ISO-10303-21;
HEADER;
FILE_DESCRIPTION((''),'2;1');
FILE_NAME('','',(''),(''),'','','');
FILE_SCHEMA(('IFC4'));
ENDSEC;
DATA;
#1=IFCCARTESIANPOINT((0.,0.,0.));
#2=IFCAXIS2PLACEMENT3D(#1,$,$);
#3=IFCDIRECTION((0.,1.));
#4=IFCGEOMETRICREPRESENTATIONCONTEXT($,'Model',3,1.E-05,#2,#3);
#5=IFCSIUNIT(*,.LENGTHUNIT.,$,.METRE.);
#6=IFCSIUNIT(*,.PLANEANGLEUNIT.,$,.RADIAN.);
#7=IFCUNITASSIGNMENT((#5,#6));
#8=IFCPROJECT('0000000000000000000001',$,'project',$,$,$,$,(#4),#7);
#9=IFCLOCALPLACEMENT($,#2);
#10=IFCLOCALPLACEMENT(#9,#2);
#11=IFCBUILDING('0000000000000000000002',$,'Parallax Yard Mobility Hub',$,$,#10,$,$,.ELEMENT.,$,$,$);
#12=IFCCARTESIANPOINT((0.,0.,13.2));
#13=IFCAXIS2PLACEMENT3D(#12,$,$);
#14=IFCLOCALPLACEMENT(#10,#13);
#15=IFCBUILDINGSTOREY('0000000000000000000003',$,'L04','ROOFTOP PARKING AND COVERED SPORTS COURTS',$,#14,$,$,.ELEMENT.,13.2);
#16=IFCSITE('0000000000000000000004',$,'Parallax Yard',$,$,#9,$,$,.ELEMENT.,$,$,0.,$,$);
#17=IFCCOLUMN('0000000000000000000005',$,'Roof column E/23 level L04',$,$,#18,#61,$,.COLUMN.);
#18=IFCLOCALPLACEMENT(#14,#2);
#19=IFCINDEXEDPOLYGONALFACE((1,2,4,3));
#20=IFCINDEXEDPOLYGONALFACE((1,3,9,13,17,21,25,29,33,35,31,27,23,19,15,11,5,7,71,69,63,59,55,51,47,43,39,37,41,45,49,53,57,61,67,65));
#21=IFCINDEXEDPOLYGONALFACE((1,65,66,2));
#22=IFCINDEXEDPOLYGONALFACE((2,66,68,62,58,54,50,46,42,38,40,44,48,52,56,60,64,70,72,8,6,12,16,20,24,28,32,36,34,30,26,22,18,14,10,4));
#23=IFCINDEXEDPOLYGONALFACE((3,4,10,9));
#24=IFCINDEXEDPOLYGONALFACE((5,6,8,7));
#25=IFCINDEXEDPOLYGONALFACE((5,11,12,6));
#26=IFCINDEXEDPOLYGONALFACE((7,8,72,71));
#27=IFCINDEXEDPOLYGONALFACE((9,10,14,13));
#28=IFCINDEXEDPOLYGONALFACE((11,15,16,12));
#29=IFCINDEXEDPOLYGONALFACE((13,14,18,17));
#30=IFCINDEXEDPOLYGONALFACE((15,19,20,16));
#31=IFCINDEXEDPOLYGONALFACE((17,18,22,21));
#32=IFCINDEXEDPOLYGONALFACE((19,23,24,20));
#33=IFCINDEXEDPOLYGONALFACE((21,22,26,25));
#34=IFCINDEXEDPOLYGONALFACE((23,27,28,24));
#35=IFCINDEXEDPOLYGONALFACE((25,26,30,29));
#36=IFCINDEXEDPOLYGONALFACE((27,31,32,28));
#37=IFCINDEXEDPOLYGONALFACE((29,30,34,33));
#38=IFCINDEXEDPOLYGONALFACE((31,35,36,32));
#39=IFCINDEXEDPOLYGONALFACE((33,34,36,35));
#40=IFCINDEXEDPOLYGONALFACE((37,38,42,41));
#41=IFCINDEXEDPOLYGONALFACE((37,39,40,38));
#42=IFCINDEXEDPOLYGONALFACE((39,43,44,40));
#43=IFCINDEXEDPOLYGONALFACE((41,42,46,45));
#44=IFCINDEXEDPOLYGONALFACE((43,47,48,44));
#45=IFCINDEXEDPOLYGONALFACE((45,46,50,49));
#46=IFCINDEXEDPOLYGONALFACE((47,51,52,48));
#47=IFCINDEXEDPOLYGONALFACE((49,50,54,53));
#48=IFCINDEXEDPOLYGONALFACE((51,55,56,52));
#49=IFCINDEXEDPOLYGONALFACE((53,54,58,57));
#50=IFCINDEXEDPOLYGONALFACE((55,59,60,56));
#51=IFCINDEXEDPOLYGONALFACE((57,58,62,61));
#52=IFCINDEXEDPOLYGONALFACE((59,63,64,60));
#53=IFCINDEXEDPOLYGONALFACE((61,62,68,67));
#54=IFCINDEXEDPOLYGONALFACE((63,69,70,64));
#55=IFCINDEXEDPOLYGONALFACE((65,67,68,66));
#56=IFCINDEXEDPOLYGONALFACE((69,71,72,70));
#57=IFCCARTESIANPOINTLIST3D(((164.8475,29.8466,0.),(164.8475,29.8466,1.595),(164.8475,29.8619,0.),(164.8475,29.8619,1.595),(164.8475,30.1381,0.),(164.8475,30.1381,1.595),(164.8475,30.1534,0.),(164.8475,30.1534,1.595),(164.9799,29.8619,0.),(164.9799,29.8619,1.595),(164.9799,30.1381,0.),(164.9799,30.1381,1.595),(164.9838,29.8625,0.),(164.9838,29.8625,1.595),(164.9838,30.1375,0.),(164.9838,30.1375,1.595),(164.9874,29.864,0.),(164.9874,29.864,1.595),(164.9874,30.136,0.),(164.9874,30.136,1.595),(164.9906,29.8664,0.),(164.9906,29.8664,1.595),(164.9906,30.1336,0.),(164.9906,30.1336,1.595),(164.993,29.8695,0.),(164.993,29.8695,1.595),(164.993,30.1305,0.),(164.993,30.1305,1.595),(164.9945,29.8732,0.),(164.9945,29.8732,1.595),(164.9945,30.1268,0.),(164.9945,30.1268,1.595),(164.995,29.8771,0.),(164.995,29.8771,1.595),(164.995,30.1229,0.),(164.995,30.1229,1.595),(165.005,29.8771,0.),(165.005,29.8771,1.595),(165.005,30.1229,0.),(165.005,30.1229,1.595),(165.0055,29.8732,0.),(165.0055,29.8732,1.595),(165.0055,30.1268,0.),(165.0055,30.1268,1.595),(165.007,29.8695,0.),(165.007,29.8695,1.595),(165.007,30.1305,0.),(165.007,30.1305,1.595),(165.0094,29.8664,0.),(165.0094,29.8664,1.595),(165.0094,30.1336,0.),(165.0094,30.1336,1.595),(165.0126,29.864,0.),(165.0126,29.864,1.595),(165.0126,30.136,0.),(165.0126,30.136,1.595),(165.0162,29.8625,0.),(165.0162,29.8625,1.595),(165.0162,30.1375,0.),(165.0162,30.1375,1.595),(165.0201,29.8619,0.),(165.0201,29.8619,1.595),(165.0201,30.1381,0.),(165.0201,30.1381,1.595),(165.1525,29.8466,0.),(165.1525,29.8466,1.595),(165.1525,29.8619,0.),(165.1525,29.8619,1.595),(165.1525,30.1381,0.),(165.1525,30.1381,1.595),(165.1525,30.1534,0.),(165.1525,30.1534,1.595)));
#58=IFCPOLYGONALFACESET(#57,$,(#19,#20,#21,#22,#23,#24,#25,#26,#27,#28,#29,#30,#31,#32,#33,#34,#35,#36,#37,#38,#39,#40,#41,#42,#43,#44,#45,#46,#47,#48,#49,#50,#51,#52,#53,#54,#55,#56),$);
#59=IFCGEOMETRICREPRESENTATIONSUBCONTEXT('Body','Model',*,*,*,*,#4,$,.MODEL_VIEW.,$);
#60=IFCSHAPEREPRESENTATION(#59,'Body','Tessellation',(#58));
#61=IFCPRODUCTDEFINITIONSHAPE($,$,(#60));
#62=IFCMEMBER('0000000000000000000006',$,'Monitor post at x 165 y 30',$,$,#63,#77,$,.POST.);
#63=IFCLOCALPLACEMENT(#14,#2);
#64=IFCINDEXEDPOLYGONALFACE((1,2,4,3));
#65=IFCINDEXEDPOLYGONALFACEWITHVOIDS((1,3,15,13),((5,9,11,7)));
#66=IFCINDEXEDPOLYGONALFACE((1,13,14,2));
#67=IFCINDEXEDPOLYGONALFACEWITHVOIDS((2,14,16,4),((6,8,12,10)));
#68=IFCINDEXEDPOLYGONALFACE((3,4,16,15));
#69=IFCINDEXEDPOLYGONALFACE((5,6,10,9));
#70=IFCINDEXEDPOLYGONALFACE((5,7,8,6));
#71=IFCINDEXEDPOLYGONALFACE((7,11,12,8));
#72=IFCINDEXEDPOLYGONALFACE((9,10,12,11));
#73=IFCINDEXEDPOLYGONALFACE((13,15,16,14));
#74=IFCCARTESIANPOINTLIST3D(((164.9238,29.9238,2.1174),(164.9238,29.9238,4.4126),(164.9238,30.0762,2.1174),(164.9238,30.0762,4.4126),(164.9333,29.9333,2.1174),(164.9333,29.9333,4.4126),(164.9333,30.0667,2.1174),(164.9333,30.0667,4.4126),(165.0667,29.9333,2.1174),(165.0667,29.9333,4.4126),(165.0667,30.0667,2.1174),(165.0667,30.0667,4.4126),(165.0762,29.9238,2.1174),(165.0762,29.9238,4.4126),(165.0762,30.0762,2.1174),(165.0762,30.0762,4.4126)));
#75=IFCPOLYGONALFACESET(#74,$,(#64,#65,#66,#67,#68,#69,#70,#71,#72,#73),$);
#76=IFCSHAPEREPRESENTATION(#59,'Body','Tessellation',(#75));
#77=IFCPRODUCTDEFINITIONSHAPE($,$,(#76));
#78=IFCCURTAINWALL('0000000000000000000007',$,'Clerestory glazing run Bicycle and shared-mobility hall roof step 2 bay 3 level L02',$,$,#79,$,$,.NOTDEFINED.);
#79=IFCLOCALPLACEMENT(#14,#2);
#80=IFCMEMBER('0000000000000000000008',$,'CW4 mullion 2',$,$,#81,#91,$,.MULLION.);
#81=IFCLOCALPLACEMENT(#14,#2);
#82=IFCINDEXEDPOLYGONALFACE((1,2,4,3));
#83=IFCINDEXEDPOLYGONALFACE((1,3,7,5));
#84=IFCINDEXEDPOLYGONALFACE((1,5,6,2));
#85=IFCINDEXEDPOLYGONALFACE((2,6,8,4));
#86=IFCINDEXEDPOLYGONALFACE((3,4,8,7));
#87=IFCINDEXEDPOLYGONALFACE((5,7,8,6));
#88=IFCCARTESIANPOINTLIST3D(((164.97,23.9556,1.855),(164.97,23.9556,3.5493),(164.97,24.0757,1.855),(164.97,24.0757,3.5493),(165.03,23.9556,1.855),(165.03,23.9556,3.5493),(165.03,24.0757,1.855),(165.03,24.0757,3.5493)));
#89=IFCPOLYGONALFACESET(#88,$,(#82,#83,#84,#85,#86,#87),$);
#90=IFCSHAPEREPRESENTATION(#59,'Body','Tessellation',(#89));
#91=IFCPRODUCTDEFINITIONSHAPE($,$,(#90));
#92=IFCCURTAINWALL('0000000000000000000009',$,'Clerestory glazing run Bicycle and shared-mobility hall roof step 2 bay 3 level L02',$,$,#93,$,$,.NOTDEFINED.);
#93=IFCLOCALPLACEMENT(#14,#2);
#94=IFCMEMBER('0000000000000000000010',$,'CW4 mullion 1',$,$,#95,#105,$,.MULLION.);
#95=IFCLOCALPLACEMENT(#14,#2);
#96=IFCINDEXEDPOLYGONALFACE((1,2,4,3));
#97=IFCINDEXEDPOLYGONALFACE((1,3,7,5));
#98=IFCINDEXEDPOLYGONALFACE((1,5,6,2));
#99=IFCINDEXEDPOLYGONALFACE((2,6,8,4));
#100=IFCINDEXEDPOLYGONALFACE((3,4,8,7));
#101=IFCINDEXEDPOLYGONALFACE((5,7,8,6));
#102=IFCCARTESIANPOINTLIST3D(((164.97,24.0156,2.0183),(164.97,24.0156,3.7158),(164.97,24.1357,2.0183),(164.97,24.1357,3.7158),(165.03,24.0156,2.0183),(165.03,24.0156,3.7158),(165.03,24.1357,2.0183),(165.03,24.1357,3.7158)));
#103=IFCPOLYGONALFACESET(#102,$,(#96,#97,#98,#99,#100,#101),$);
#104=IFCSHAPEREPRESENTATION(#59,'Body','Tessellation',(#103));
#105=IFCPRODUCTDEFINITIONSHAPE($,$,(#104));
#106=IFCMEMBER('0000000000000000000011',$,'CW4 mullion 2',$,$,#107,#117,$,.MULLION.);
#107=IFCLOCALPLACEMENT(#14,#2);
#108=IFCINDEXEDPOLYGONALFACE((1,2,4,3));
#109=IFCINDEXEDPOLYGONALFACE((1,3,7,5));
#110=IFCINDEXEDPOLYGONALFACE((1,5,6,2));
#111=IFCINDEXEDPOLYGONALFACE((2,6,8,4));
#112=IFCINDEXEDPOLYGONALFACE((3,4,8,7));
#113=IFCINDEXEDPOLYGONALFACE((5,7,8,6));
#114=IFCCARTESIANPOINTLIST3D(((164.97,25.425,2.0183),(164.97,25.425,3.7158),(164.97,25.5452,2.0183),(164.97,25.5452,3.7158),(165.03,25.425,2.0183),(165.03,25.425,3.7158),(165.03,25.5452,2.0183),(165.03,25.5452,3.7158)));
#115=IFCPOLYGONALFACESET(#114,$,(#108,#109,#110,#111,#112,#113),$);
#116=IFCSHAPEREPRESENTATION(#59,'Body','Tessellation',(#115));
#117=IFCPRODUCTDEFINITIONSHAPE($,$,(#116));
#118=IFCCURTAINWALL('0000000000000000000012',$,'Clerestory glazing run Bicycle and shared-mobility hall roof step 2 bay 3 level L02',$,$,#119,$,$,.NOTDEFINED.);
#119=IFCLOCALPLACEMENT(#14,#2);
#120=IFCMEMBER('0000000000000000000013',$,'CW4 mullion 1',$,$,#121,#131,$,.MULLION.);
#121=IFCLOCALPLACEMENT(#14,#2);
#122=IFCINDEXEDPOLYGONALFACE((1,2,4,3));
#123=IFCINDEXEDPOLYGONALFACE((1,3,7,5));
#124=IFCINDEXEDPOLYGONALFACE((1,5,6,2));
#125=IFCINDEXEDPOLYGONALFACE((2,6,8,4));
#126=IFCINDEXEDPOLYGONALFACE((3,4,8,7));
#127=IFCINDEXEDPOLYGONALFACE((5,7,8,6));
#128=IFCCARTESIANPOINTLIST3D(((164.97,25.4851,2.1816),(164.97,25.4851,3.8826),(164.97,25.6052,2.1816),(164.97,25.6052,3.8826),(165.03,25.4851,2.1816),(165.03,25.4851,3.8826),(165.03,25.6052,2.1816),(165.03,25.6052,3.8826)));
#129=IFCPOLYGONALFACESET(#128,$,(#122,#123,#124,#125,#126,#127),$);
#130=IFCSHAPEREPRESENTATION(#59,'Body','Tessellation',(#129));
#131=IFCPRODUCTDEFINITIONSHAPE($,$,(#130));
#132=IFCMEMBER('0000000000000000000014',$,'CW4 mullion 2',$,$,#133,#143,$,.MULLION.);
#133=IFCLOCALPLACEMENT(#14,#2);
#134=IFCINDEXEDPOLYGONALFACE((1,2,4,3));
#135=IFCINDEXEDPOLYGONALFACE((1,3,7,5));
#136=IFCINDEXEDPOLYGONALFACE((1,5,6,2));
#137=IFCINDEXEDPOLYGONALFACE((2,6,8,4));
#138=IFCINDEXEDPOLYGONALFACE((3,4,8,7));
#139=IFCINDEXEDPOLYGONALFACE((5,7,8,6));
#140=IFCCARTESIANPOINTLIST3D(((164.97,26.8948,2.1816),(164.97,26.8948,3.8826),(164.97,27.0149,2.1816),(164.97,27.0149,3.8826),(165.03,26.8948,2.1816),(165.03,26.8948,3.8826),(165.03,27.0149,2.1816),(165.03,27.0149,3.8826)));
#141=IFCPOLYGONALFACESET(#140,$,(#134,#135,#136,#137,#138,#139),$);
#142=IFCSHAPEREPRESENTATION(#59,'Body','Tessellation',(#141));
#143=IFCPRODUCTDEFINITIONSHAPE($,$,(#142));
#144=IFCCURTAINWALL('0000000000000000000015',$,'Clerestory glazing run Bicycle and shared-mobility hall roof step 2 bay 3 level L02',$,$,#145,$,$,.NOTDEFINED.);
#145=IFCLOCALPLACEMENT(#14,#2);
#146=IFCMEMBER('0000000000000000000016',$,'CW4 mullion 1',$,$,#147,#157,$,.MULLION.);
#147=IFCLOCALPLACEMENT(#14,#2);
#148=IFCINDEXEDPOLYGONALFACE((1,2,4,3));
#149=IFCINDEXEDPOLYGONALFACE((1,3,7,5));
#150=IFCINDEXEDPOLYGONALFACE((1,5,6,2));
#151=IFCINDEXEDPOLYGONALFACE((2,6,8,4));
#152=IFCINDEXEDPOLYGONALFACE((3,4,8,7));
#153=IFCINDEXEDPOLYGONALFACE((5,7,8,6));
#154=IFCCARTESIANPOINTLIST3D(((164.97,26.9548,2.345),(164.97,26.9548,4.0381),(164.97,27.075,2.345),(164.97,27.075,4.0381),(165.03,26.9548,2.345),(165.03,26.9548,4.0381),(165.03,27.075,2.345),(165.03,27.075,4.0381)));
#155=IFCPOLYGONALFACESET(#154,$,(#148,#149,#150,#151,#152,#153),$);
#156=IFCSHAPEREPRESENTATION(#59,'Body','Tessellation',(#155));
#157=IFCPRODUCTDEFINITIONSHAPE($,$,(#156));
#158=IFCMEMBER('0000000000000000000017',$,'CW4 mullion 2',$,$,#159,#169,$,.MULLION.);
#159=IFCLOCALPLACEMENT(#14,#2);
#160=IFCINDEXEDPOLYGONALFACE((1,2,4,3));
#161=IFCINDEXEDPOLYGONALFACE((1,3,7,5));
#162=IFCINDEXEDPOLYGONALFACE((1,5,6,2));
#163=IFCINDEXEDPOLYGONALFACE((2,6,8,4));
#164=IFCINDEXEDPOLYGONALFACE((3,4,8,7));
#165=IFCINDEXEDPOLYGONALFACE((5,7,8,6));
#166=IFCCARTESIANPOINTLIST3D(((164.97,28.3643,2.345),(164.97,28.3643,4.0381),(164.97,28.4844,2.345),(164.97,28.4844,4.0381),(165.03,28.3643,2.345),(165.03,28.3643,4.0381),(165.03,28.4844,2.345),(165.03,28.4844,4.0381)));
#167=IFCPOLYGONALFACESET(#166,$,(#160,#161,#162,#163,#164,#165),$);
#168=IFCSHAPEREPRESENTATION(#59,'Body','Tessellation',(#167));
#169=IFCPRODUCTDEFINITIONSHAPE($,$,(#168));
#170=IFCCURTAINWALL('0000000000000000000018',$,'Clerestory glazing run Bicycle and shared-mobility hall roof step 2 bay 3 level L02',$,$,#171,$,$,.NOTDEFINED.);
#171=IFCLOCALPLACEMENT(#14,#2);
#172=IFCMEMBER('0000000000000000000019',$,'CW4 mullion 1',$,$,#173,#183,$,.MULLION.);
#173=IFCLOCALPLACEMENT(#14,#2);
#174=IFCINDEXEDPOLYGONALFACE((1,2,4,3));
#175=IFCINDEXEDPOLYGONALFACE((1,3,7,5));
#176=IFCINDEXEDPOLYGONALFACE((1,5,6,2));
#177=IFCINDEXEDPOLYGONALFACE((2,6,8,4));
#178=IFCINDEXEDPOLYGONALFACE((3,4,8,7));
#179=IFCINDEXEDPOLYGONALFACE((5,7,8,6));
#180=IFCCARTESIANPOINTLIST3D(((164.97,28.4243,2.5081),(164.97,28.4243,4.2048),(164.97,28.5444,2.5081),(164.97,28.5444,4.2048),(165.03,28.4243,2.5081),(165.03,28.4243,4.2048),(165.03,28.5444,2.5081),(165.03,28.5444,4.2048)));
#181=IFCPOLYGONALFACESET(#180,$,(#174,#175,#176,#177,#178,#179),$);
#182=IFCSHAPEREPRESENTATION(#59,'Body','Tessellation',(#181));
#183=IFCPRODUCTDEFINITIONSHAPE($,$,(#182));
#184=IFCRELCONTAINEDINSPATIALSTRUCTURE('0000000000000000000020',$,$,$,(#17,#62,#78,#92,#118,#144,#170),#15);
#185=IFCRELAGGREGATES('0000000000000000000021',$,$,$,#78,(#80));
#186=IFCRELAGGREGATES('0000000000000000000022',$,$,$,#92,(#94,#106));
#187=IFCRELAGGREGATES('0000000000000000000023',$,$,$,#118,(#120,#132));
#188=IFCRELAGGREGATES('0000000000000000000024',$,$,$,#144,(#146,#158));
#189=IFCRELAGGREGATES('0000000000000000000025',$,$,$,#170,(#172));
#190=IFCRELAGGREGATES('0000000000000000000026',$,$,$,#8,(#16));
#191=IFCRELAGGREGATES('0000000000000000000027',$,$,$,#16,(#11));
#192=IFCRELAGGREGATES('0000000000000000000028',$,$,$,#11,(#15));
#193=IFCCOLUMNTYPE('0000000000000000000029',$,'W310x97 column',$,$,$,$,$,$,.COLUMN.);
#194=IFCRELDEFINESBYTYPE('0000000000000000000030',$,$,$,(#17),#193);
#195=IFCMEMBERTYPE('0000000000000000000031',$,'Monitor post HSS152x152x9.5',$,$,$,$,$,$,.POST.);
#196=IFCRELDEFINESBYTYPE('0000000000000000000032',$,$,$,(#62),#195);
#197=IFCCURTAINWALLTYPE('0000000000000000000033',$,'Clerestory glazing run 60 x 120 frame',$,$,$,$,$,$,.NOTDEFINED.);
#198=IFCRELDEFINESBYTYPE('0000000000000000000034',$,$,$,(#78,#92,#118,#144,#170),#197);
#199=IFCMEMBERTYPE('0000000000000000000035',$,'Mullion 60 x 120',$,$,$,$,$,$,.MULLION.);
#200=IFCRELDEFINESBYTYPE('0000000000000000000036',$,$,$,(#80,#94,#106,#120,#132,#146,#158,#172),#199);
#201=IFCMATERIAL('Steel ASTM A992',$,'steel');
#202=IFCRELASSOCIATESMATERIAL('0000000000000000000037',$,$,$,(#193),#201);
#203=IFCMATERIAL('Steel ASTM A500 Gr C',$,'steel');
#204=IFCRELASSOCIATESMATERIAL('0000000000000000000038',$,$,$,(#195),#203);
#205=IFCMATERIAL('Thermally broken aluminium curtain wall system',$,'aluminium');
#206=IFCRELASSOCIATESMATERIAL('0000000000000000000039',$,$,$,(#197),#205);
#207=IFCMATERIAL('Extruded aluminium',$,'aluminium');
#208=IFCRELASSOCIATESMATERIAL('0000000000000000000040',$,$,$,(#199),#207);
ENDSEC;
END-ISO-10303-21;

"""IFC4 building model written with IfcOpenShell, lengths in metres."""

from ifc_helpers import new_model, si_unit, direction, frame, origin, origin_2d, place, context, subcontext, project, spatial, rectangle, hollow_rectangle, i_section, extrude, material, material_profile, profile_set, type_object, element, aggregate, save


model = new_model("IFC4")

# Units and contexts
model_context = context("Model", 3, precision=1e-05, world=origin(), true_north=direction((0.0, 1.0)))
body_context = subcontext(model_context, "Body", "Model", "MODEL_VIEW")
ifc_project = project(units=[si_unit("LENGTHUNIT", "METRE"), si_unit("PLANEANGLEUNIT", "RADIAN")], contexts=[model_context])

# Site, building, storey
site_placement = place(None, origin())
site = spatial("IfcSite", under=ifc_project, at=site_placement, Name="Parallax Yard", CompositionType="ELEMENT", RefElevation=0.0)
building_placement = place(site_placement, origin())
building = spatial("IfcBuilding", under=site, at=building_placement, Name="Parallax Yard Mobility Hub", CompositionType="ELEMENT")
storey_placement = place(building_placement, frame((0.0, 0.0, 13.2)))
storey = spatial("IfcBuildingStorey", under=building, at=storey_placement, Name="L04", Description="ROOFTOP PARKING AND COVERED SPORTS COURTS", CompositionType="ELEMENT", Elevation=13.2)

# Column
ifc_material_1 = material(Name="Steel ASTM A992", Category="steel")
ifc_material_profile_1 = material_profile(ifc_material_1, i_section(OverallWidth=0.3049, OverallDepth=0.3069, WebThickness=0.01, FlangeThickness=0.0154, FilletRadius=0.0151, at=origin_2d()), Name="W310x97")
ifc_profile_set_1 = profile_set([ifc_material_profile_1], Name="Steel ASTM A992")
column_type = type_object("IfcColumnType", Name="W310x97 column", PredefinedType="COLUMN", material=ifc_profile_set_1)
column_placement = place(storey_placement, frame((165.0, 30.0, 0.0), z_axis=(0.0, 0.0, 1.0), x_axis=(1.0, 0.0, 0.0)))
element("IfcColumn", 1, at=column_placement, inside=storey, type_object=column_type, Name="Roof column E/23 level L04", PredefinedType="COLUMN", context=body_context, shape_type="SweptSolid", body=[
    extrude(i_section(OverallWidth=0.3049, OverallDepth=0.3069, WebThickness=0.01, FlangeThickness=0.0154, FilletRadius=0.0151, at=origin_2d()), origin(), (0.0, 0.0, 1.0), 1.595),
])

# Member
ifc_material_2 = material(Name="Steel ASTM A500 Gr C", Category="steel")
ifc_material_profile_2 = material_profile(ifc_material_2, hollow_rectangle(XDim=0.1523, YDim=0.1523, WallThickness=0.0095, at=origin_2d()), Name="HSS152x152x9.5")
ifc_profile_set_2 = profile_set([ifc_material_profile_2], Name="Steel ASTM A500 Gr C")
member_type_1 = type_object("IfcMemberType", Name="Monitor post HSS152x152x9.5", PredefinedType="POST", material=ifc_profile_set_2)
member_1_placement = place(storey_placement, frame((165.0, 30.0, 2.1174), z_axis=(0.0, 0.0, 1.0), x_axis=(1.0, 0.0, 0.0)))
element("IfcMember", 2, at=member_1_placement, inside=storey, type_object=member_type_1, Name="Monitor post at x 165 y 30", PredefinedType="POST", context=body_context, shape_type="SweptSolid", body=[
    extrude(hollow_rectangle(XDim=0.1523, YDim=0.1523, WallThickness=0.0095, at=origin_2d()), origin(), (0.0, 0.0, 1.0), 2.2952),
])

# Curtain wall, member
ifc_material_3 = material(Name="Thermally broken aluminium curtain wall system", Category="aluminium")
curtain_wall_type = type_object("IfcCurtainWallType", Name="Clerestory glazing run 60 x 120 frame", PredefinedType="NOTDEFINED", material=ifc_material_3)
curtain_wall_1_placement = place(storey_placement, origin())
curtain_wall_1 = element("IfcCurtainWall", 3, at=curtain_wall_1_placement, inside=storey, type_object=curtain_wall_type, Name="Clerestory glazing run Bicycle and shared-mobility hall roof step 2 bay 3 level L02", PredefinedType="NOTDEFINED")
ifc_material_4 = material(Name="Extruded aluminium", Category="aluminium")
ifc_material_profile_3 = material_profile(ifc_material_4, rectangle(XDim=0.0601, YDim=0.1201, at=origin_2d()), Name="Mullion 60 x 120")
ifc_profile_set_3 = profile_set([ifc_material_profile_3], Name="Extruded aluminium")
member_type_2 = type_object("IfcMemberType", Name="Mullion 60 x 120", PredefinedType="MULLION", material=ifc_profile_set_3)
member_2_placement = place(storey_placement, frame((165.0, 24.0156, 1.855), z_axis=(0.0, 0.0, 1.0), x_axis=(-1.0, 0.0, 0.0)))
member_2 = element("IfcMember", 4, at=member_2_placement, type_object=member_type_2, Name="CW4 mullion 2", PredefinedType="MULLION", context=body_context, shape_type="SweptSolid", body=[
    extrude(rectangle(XDim=0.0601, YDim=0.1201, at=origin_2d()), origin(), (0.0, 0.0, 1.0), 1.6943),
])

# Curtain walls, members
curtain_wall_2_placement = place(storey_placement, origin())
curtain_wall_2 = element("IfcCurtainWall", 5, at=curtain_wall_2_placement, inside=storey, type_object=curtain_wall_type, Name="Clerestory glazing run Bicycle and shared-mobility hall roof step 2 bay 3 level L02", PredefinedType="NOTDEFINED")
member_3_placement = place(storey_placement, frame((165.0, 24.0757, 2.0183), z_axis=(0.0, 0.0, 1.0), x_axis=(-1.0, 0.0, 0.0)))
member_3 = element("IfcMember", 6, at=member_3_placement, type_object=member_type_2, Name="CW4 mullion 1", PredefinedType="MULLION", context=body_context, shape_type="SweptSolid", body=[
    extrude(rectangle(XDim=0.0601, YDim=0.1201, at=origin_2d()), origin(), (0.0, 0.0, 1.0), 1.6975),
])
member_4_placement = place(storey_placement, frame((165.0, 25.4851, 2.0183), z_axis=(0.0, 0.0, 1.0), x_axis=(-1.0, 0.0, 0.0)))
member_4 = element("IfcMember", 7, at=member_4_placement, type_object=member_type_2, Name="CW4 mullion 2", PredefinedType="MULLION", context=body_context, shape_type="SweptSolid", body=[
    extrude(rectangle(XDim=0.0601, YDim=0.1201, at=origin_2d()), origin(), (0.0, 0.0, 1.0), 1.6975),
])
curtain_wall_3_placement = place(storey_placement, origin())
curtain_wall_3 = element("IfcCurtainWall", 8, at=curtain_wall_3_placement, inside=storey, type_object=curtain_wall_type, Name="Clerestory glazing run Bicycle and shared-mobility hall roof step 2 bay 3 level L02", PredefinedType="NOTDEFINED")
member_5_placement = place(storey_placement, frame((165.0, 25.5452, 2.1816), z_axis=(0.0, 0.0, 1.0), x_axis=(-1.0, 0.0, 0.0)))
member_5 = element("IfcMember", 9, at=member_5_placement, type_object=member_type_2, Name="CW4 mullion 1", PredefinedType="MULLION", context=body_context, shape_type="SweptSolid", body=[
    extrude(rectangle(XDim=0.0601, YDim=0.1201, at=origin_2d()), origin(), (0.0, 0.0, 1.0), 1.7009),
])
member_6_placement = place(storey_placement, frame((165.0, 26.9548, 2.1816), z_axis=(0.0, 0.0, 1.0), x_axis=(-1.0, 0.0, 0.0)))
member_6 = element("IfcMember", 10, at=member_6_placement, type_object=member_type_2, Name="CW4 mullion 2", PredefinedType="MULLION", context=body_context, shape_type="SweptSolid", body=[
    extrude(rectangle(XDim=0.0601, YDim=0.1201, at=origin_2d()), origin(), (0.0, 0.0, 1.0), 1.7009),
])
curtain_wall_4_placement = place(storey_placement, origin())
curtain_wall_4 = element("IfcCurtainWall", 11, at=curtain_wall_4_placement, inside=storey, type_object=curtain_wall_type, Name="Clerestory glazing run Bicycle and shared-mobility hall roof step 2 bay 3 level L02", PredefinedType="NOTDEFINED")
member_7_placement = place(storey_placement, frame((165.0, 27.0149, 2.345), z_axis=(0.0, 0.0, 1.0), x_axis=(-1.0, 0.0, 0.0)))
member_7 = element("IfcMember", 12, at=member_7_placement, type_object=member_type_2, Name="CW4 mullion 1", PredefinedType="MULLION", context=body_context, shape_type="SweptSolid", body=[
    extrude(rectangle(XDim=0.0601, YDim=0.1201, at=origin_2d()), origin(), (0.0, 0.0, 1.0), 1.6931),
])
member_8_placement = place(storey_placement, frame((165.0, 28.4243, 2.345), z_axis=(0.0, 0.0, 1.0), x_axis=(-1.0, 0.0, 0.0)))
member_8 = element("IfcMember", 13, at=member_8_placement, type_object=member_type_2, Name="CW4 mullion 2", PredefinedType="MULLION", context=body_context, shape_type="SweptSolid", body=[
    extrude(rectangle(XDim=0.0601, YDim=0.1201, at=origin_2d()), origin(), (0.0, 0.0, 1.0), 1.6931),
])

# Curtain wall, member
curtain_wall_5_placement = place(storey_placement, origin())
curtain_wall_5 = element("IfcCurtainWall", 14, at=curtain_wall_5_placement, inside=storey, type_object=curtain_wall_type, Name="Clerestory glazing run Bicycle and shared-mobility hall roof step 2 bay 3 level L02", PredefinedType="NOTDEFINED")
member_9_placement = place(storey_placement, frame((165.0, 28.4844, 2.5081), z_axis=(0.0, 0.0, 1.0), x_axis=(-1.0, 0.0, 0.0)))
member_9 = element("IfcMember", 15, at=member_9_placement, type_object=member_type_2, Name="CW4 mullion 1", PredefinedType="MULLION", context=body_context, shape_type="SweptSolid", body=[
    extrude(rectangle(XDim=0.0601, YDim=0.1201, at=origin_2d()), origin(), (0.0, 0.0, 1.0), 1.6968),
])

aggregate(curtain_wall_1, [member_2])
aggregate(curtain_wall_2, [member_3, member_4])
aggregate(curtain_wall_3, [member_5, member_6])
aggregate(curtain_wall_4, [member_7, member_8])
aggregate(curtain_wall_5, [member_9])

save(model, "model.ifc")
